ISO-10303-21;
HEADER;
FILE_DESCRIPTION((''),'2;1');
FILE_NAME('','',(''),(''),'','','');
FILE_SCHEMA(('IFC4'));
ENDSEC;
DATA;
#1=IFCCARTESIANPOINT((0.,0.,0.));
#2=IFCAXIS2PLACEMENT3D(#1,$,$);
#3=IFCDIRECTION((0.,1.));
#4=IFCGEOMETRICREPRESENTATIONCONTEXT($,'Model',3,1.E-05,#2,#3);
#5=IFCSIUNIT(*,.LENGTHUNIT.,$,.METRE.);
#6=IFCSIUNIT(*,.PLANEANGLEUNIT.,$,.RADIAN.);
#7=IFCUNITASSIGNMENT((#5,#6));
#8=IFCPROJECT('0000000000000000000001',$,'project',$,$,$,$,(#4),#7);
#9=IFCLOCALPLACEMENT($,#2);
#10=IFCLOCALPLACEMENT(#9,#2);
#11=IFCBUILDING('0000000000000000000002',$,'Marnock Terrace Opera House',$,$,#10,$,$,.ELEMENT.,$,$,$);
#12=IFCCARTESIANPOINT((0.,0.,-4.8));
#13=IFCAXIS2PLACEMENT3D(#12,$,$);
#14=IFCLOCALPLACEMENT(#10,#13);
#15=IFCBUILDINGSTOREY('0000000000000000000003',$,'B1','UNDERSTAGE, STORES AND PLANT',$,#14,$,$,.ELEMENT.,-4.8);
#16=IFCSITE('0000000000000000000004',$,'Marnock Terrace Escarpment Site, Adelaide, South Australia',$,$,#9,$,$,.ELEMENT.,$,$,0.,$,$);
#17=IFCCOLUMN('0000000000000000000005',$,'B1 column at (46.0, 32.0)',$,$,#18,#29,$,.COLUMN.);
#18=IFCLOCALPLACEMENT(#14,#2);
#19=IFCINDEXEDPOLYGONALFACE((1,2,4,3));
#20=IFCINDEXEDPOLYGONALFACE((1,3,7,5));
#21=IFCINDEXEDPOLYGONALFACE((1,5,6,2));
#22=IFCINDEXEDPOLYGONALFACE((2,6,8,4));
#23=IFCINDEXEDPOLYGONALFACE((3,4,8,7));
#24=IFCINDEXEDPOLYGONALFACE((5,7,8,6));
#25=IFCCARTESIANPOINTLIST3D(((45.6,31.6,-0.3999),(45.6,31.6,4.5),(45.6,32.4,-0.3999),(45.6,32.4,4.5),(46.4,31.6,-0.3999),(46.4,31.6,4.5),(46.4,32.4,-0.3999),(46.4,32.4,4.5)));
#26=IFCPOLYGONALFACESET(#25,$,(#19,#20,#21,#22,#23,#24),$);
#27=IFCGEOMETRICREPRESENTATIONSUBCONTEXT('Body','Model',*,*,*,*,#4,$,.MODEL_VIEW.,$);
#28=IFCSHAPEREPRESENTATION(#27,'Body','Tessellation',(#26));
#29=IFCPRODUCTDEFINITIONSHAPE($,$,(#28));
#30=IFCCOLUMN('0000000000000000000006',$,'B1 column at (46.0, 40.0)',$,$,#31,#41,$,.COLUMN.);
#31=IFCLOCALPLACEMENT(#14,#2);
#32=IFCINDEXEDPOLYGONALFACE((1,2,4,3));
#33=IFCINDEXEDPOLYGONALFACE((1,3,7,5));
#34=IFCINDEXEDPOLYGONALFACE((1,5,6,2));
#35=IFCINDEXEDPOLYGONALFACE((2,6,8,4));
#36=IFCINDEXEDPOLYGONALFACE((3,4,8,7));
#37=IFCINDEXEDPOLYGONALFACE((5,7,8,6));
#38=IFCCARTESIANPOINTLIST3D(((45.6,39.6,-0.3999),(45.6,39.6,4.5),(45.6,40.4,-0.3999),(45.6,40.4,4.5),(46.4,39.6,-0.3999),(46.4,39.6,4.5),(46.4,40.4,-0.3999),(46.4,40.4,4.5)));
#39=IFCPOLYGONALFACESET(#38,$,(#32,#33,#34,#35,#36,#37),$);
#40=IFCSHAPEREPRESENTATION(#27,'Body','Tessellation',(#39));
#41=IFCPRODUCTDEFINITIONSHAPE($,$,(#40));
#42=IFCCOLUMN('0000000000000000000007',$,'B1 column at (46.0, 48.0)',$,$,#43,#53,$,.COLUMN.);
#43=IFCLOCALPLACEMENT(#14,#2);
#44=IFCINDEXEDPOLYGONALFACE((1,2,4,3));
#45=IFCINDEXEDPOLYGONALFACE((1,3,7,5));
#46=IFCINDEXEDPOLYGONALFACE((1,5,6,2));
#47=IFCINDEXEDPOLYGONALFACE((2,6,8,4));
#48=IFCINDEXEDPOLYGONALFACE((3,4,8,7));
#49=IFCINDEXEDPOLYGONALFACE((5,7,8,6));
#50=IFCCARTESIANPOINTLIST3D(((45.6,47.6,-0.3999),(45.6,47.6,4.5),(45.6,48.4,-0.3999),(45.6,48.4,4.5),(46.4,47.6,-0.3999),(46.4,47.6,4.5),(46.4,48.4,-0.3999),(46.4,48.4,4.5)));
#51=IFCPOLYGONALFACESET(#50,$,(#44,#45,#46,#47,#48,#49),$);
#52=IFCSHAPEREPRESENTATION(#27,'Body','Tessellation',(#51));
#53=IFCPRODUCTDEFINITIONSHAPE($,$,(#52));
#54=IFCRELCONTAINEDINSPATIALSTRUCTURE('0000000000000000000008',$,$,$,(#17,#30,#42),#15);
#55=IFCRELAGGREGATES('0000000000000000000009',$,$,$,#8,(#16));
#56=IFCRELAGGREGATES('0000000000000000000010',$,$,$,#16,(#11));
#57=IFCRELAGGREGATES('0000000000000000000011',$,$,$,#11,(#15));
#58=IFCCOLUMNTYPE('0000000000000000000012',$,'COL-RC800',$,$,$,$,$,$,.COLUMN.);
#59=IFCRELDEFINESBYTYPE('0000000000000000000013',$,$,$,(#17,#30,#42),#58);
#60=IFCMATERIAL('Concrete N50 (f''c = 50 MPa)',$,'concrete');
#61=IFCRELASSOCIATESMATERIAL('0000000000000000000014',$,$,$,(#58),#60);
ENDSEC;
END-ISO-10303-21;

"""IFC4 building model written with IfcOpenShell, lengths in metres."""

from ifc_helpers import new_model, si_unit, direction, frame, origin, origin_2d, place, context, subcontext, project, spatial, rectangle, extrude, material, material_profile, profile_set, type_object, element, save


model = new_model("IFC4")

# Units and contexts
model_context = context("Model", 3, precision=1e-05, world=origin(), true_north=direction((0.0, 1.0)))
body_context = subcontext(model_context, "Body", "Model", "MODEL_VIEW")
ifc_project = project(units=[si_unit("LENGTHUNIT", "METRE"), si_unit("PLANEANGLEUNIT", "RADIAN")], contexts=[model_context])

# Site, building, storey
site_placement = place(None, origin())
site = spatial("IfcSite", under=ifc_project, at=site_placement, Name="Marnock Terrace Escarpment Site, Adelaide, South Australia", CompositionType="ELEMENT", RefElevation=0.0)
building_placement = place(site_placement, origin())
building = spatial("IfcBuilding", under=site, at=building_placement, Name="Marnock Terrace Opera House", CompositionType="ELEMENT")
storey_placement = place(building_placement, frame((0.0, 0.0, -4.8)))
storey = spatial("IfcBuildingStorey", under=building, at=storey_placement, Name="B1", Description="UNDERSTAGE, STORES AND PLANT", CompositionType="ELEMENT", Elevation=-4.8)

# Columns
ifc_material_1 = material(Name="Concrete N50 (f'c = 50 MPa)", Category="concrete")
ifc_material_profile_1 = material_profile(ifc_material_1, rectangle(XDim=0.8, YDim=0.8, at=origin_2d()))
ifc_profile_set_1 = profile_set([ifc_material_profile_1], Name="Concrete N50 (f'c = 50 MPa)")
column_type_1 = type_object("IfcColumnType", Name="COL-RC800", PredefinedType="COLUMN", material=ifc_profile_set_1)
for number, where, z_axis, x_axis, name in (
    (1, (46.0, 32.0, -0.3999), (0.0, 0.0, 1.0), (1.0, 0.0, 0.0), "B1 column at (46.0, 32.0)"),
    (2, (46.0, 40.0, -0.3999), (0.0, 0.0, 1.0), (1.0, 0.0, 0.0), "B1 column at (46.0, 40.0)"),
    (3, (46.0, 48.0, -0.3999), (0.0, 0.0, 1.0), (1.0, 0.0, 0.0), "B1 column at (46.0, 48.0)"),
):
    element("IfcColumn", number, at=place(storey_placement, frame(where, z_axis=z_axis, x_axis=x_axis)), inside=storey, type_object=column_type_1, Name=name, PredefinedType="COLUMN", context=body_context, shape_type="SweptSolid", body=[
        extrude(rectangle(XDim=0.8, YDim=0.8, at=origin_2d()), origin(), (0.0, 0.0, 1.0), 4.8999),
    ])

save(model, "model.ifc")
